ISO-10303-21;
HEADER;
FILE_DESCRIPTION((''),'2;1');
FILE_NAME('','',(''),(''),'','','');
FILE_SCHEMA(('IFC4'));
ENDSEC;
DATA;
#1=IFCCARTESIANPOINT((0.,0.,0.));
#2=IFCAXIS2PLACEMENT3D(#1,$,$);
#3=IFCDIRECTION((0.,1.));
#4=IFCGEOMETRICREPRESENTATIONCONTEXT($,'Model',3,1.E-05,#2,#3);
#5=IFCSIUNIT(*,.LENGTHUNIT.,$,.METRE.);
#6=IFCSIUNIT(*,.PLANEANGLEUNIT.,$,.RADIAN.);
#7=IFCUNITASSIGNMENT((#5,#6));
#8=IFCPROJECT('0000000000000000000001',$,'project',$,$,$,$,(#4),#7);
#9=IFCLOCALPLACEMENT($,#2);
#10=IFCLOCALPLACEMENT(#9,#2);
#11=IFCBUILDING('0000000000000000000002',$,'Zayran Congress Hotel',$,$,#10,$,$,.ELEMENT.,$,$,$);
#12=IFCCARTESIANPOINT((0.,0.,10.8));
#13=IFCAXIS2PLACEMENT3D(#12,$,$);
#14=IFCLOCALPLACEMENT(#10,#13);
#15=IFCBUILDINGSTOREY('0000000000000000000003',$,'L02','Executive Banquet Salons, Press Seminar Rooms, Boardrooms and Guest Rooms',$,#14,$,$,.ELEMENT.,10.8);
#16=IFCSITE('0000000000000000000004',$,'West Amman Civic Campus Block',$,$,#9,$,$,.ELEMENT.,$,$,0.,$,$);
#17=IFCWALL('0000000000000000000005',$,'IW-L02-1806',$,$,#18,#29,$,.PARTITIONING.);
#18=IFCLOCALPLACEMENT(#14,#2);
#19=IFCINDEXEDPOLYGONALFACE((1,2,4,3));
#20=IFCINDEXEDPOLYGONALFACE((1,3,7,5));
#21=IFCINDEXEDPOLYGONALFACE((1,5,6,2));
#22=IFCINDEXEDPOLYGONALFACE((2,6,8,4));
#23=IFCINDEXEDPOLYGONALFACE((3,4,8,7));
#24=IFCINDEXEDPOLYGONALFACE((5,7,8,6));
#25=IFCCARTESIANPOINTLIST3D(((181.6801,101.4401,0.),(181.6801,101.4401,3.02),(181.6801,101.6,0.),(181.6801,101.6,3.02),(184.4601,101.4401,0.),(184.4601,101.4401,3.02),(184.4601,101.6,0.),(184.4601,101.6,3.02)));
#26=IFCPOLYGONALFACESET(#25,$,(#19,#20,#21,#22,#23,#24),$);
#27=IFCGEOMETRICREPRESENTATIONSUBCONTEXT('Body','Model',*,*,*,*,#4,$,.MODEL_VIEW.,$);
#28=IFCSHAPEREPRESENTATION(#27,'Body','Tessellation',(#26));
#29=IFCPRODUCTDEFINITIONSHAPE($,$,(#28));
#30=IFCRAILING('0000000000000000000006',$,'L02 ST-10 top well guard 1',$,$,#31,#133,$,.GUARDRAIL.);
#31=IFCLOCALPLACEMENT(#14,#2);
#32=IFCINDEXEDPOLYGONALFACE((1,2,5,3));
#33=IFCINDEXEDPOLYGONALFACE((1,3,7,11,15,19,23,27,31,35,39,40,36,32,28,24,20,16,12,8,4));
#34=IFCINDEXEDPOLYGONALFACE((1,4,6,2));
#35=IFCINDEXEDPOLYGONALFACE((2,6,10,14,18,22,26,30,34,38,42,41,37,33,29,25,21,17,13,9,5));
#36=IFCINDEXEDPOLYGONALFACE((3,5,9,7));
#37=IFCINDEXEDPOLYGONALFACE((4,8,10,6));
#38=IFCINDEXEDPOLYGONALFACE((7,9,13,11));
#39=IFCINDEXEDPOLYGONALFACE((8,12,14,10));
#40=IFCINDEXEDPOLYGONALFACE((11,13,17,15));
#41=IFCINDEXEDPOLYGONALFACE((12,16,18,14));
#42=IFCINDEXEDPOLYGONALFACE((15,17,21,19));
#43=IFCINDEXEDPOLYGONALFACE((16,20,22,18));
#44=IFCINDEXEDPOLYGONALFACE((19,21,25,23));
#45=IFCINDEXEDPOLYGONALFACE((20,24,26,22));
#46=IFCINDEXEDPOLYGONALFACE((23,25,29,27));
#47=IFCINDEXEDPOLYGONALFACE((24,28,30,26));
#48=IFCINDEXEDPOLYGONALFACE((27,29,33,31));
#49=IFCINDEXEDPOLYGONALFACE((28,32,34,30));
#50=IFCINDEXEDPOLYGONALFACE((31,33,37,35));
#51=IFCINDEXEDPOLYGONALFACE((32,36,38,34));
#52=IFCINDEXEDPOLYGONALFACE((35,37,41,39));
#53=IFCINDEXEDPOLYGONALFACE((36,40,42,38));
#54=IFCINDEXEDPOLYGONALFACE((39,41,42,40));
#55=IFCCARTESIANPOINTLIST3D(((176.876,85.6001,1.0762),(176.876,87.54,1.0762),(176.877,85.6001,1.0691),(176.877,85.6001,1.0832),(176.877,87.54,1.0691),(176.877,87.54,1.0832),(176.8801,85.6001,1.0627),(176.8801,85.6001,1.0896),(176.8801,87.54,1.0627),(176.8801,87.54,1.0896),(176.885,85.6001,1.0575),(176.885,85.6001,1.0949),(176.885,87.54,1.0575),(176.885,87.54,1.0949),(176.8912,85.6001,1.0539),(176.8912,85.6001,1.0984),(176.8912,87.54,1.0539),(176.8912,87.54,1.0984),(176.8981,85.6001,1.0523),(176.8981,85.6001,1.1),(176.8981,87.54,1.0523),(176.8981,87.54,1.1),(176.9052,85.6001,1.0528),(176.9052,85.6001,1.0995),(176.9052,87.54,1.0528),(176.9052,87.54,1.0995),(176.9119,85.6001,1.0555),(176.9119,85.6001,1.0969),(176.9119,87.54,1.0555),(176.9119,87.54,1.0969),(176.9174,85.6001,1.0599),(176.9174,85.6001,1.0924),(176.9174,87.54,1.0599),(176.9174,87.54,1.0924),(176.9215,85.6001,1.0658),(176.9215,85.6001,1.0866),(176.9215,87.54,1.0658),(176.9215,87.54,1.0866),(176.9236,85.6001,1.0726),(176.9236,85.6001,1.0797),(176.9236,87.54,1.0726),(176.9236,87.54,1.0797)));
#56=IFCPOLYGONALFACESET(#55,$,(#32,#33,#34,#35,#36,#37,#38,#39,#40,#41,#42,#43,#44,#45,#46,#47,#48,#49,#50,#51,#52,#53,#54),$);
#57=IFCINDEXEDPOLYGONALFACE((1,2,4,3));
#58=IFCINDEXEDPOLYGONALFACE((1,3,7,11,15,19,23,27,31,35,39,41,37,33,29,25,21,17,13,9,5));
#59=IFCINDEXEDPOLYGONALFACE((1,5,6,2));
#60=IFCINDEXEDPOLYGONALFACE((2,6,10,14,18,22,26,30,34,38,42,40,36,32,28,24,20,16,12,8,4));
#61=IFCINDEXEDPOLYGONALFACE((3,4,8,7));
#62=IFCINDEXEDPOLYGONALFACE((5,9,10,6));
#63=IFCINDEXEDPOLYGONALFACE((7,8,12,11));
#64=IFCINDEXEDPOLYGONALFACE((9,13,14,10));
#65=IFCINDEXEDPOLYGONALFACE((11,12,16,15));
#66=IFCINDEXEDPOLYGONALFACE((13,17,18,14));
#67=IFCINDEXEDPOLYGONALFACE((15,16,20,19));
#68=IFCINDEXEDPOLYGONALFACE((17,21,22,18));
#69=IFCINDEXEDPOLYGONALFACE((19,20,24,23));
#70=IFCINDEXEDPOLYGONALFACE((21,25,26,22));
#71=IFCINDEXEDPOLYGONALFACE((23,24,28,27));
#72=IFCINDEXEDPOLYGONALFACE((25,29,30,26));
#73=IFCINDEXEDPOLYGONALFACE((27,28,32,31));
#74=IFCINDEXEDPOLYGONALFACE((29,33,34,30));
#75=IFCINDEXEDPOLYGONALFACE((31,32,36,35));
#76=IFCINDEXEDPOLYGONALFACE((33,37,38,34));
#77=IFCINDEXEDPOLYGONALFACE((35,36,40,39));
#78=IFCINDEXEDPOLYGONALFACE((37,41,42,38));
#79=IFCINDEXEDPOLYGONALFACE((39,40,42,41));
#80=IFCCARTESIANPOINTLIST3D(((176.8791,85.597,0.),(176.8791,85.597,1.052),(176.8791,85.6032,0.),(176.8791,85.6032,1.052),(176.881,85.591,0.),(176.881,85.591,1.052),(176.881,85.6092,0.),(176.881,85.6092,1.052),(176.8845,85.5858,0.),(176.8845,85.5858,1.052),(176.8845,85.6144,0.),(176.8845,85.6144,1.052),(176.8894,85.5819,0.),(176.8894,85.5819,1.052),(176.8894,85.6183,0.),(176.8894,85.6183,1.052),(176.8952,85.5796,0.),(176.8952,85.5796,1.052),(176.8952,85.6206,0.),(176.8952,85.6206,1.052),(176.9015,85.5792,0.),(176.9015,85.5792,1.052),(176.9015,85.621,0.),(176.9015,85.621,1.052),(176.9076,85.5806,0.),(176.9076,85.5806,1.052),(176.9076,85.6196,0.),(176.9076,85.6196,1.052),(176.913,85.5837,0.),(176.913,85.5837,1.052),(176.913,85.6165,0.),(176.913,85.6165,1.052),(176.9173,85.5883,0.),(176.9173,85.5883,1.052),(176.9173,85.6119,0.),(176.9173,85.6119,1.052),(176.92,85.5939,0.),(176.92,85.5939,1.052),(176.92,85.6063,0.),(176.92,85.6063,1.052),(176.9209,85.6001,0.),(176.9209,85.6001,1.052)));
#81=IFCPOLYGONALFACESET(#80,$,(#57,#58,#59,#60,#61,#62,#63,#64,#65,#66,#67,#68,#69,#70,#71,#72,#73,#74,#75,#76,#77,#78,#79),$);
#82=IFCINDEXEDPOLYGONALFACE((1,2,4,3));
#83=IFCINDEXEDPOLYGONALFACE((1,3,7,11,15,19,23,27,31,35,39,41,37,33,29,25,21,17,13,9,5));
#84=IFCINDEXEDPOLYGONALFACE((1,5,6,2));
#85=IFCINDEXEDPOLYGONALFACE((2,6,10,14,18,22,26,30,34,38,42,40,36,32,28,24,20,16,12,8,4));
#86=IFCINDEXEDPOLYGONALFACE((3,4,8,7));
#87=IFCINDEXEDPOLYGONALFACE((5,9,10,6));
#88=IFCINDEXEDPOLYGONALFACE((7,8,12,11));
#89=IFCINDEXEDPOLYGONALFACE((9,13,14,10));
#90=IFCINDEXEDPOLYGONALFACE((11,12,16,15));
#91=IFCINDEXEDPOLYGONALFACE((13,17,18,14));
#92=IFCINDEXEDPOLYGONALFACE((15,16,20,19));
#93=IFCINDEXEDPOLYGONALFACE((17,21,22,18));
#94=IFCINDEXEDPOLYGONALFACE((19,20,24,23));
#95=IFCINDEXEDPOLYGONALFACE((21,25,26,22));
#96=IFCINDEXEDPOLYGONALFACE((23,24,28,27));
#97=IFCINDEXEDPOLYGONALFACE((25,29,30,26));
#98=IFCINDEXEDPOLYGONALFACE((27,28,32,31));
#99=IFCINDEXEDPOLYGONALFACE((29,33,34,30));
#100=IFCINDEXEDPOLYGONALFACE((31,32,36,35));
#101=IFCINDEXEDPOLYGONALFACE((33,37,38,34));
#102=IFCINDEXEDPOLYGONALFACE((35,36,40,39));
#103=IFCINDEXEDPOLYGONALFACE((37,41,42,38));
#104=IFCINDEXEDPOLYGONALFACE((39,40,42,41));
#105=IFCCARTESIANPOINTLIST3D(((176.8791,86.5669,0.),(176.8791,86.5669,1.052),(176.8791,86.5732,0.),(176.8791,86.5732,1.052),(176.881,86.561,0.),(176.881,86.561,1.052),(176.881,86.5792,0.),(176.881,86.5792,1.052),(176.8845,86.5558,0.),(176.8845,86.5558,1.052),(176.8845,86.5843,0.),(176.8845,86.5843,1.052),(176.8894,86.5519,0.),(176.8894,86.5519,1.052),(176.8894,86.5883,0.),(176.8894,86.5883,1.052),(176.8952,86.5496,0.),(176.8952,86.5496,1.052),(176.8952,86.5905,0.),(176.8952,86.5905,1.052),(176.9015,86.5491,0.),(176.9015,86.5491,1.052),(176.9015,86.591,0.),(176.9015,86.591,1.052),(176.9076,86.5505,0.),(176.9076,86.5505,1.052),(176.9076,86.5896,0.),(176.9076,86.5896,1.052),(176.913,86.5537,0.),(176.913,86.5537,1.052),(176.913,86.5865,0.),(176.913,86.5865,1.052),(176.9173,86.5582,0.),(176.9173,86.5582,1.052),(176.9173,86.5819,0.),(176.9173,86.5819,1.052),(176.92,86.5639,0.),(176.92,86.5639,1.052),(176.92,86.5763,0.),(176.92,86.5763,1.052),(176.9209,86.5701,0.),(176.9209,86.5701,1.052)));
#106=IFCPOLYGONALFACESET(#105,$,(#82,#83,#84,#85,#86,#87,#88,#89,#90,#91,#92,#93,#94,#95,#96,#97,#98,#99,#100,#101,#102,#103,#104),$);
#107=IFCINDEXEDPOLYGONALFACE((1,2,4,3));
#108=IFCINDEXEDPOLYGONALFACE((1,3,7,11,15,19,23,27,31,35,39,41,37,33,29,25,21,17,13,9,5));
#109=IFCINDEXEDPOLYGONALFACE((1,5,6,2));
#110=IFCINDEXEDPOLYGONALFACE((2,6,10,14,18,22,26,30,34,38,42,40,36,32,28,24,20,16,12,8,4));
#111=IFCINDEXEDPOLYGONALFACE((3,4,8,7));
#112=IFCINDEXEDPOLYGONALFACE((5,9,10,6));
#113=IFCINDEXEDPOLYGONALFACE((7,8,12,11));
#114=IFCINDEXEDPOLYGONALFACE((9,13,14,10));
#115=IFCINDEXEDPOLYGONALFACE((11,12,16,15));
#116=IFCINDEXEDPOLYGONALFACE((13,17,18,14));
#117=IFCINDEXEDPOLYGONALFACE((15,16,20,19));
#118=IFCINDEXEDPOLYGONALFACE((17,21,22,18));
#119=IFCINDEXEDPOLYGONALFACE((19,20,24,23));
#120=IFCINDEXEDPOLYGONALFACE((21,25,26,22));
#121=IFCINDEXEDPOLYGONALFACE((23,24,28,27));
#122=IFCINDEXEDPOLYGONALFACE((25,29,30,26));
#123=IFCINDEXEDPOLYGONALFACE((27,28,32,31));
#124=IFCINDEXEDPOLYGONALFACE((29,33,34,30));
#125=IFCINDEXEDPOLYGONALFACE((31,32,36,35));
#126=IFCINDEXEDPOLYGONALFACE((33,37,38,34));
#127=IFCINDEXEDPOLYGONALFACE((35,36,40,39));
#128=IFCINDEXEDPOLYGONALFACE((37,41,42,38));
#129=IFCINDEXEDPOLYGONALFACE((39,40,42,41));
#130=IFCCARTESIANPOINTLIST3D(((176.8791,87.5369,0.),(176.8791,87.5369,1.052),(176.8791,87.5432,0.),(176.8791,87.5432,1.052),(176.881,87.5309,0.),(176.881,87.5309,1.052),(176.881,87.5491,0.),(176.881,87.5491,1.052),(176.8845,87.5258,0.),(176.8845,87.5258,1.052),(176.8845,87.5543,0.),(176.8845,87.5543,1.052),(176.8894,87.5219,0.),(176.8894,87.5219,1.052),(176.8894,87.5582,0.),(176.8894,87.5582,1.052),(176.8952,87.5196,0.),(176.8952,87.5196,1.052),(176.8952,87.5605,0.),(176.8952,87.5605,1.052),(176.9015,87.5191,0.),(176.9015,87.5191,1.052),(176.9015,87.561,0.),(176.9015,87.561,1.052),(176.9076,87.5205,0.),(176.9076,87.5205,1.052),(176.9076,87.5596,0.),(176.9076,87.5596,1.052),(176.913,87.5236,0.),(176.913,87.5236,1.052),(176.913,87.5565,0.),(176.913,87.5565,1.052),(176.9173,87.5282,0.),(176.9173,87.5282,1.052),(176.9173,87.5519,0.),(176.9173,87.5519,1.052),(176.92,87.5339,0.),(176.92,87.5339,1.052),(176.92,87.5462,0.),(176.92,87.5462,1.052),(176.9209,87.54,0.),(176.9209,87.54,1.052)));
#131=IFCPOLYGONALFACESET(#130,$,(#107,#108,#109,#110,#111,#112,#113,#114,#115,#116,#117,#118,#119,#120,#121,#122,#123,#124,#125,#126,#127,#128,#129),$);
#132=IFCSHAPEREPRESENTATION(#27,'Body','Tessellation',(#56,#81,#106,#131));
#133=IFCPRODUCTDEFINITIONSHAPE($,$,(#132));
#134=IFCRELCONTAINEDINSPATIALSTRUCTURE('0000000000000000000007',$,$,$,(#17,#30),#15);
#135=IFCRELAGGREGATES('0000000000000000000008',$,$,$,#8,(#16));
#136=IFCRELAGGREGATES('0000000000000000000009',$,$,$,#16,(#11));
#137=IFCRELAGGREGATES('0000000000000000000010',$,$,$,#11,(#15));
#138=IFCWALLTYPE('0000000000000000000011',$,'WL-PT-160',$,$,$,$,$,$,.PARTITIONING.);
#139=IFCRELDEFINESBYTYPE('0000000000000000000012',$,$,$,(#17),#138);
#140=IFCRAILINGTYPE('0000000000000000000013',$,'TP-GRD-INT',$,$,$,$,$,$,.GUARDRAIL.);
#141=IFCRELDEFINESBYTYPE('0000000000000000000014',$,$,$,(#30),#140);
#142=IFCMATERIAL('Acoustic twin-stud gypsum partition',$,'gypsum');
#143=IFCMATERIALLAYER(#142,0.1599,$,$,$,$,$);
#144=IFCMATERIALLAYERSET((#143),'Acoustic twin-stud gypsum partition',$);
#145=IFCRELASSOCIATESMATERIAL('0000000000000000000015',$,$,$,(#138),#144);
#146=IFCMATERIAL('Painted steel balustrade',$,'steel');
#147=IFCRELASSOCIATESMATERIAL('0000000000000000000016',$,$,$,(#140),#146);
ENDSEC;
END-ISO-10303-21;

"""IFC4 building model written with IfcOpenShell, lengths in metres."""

from ifc_helpers import new_model, si_unit, direction, frame, frame_2d, origin, origin_2d, place, context, subcontext, project, spatial, rectangle, circle, extrude, material, layer, layer_set, type_object, element, save


model = new_model("IFC4")

# Units and contexts
model_context = context("Model", 3, precision=1e-05, world=origin(), true_north=direction((0.0, 1.0)))
body_context = subcontext(model_context, "Body", "Model", "MODEL_VIEW")
ifc_project = project(units=[si_unit("LENGTHUNIT", "METRE"), si_unit("PLANEANGLEUNIT", "RADIAN")], contexts=[model_context])

# Site, building, storey
site_placement = place(None, origin())
site = spatial("IfcSite", under=ifc_project, at=site_placement, Name="West Amman Civic Campus Block", CompositionType="ELEMENT", RefElevation=0.0)
building_placement = place(site_placement, origin())
building = spatial("IfcBuilding", under=site, at=building_placement, Name="Zayran Congress Hotel", CompositionType="ELEMENT")
storey_placement = place(building_placement, frame((0.0, 0.0, 10.8)))
storey = spatial("IfcBuildingStorey", under=building, at=storey_placement, Name="L02", Description="Executive Banquet Salons, Press Seminar Rooms, Boardrooms and Guest Rooms", CompositionType="ELEMENT", Elevation=10.8)

# Wall
ifc_material_1 = material(Name="Acoustic twin-stud gypsum partition", Category="gypsum")
ifc_layer_1 = layer(ifc_material_1, 0.1599)
ifc_layer_set_1 = layer_set([ifc_layer_1], Name="Acoustic twin-stud gypsum partition")
wall_type_1 = type_object("IfcWallType", Name="WL-PT-160", PredefinedType="PARTITIONING", material=ifc_layer_set_1)
wall_1_placement = place(storey_placement, frame((181.6799, 101.52, 0.0), z_axis=(0.0, 0.0, 1.0), x_axis=(1.0, 0.0, 0.0)))
element("IfcWall", 1, at=wall_1_placement, inside=storey, type_object=wall_type_1, Name="IW-L02-1806", PredefinedType="PARTITIONING", context=body_context, shape_type="SweptSolid", body=[
    extrude(rectangle(XDim=2.78, YDim=0.1599, at=frame_2d((1.3901, 0.0))), origin(), (0.0, 0.0, 1.0), 3.02),
])

# Railing
ifc_material_2 = material(Name="Painted steel balustrade", Category="steel")
railing_type_1 = type_object("IfcRailingType", Name="TP-GRD-INT", PredefinedType="GUARDRAIL", material=ifc_material_2)
railing_1_placement = place(storey_placement, frame((176.8999, 85.6001, 0.0)))
element("IfcRailing", 2, at=railing_1_placement, inside=storey, type_object=railing_type_1, Name="L02 ST-10 top well guard 1", PredefinedType="GUARDRAIL", context=body_context, shape_type="SweptSolid", body=[
    extrude(circle(Radius=0.0239, at=origin_2d()), frame((0.0, 0.0, 1.0762), z_axis=(0.0, 1.0, 0.0), x_axis=(-1.0, 0.0, 0.0)), (0.0, 0.0, 1.0), 1.9399),
    extrude(circle(Radius=0.021, at=origin_2d()), origin(), (0.0, 0.0, 1.0), 1.052),
    extrude(circle(Radius=0.021, at=origin_2d()), frame((0.0, 0.97, 0.0)), (0.0, 0.0, 1.0), 1.052),
    extrude(circle(Radius=0.021, at=origin_2d()), frame((0.0, 1.9399, 0.0)), (0.0, 0.0, 1.0), 1.052),
])

save(model, "model.ifc")
